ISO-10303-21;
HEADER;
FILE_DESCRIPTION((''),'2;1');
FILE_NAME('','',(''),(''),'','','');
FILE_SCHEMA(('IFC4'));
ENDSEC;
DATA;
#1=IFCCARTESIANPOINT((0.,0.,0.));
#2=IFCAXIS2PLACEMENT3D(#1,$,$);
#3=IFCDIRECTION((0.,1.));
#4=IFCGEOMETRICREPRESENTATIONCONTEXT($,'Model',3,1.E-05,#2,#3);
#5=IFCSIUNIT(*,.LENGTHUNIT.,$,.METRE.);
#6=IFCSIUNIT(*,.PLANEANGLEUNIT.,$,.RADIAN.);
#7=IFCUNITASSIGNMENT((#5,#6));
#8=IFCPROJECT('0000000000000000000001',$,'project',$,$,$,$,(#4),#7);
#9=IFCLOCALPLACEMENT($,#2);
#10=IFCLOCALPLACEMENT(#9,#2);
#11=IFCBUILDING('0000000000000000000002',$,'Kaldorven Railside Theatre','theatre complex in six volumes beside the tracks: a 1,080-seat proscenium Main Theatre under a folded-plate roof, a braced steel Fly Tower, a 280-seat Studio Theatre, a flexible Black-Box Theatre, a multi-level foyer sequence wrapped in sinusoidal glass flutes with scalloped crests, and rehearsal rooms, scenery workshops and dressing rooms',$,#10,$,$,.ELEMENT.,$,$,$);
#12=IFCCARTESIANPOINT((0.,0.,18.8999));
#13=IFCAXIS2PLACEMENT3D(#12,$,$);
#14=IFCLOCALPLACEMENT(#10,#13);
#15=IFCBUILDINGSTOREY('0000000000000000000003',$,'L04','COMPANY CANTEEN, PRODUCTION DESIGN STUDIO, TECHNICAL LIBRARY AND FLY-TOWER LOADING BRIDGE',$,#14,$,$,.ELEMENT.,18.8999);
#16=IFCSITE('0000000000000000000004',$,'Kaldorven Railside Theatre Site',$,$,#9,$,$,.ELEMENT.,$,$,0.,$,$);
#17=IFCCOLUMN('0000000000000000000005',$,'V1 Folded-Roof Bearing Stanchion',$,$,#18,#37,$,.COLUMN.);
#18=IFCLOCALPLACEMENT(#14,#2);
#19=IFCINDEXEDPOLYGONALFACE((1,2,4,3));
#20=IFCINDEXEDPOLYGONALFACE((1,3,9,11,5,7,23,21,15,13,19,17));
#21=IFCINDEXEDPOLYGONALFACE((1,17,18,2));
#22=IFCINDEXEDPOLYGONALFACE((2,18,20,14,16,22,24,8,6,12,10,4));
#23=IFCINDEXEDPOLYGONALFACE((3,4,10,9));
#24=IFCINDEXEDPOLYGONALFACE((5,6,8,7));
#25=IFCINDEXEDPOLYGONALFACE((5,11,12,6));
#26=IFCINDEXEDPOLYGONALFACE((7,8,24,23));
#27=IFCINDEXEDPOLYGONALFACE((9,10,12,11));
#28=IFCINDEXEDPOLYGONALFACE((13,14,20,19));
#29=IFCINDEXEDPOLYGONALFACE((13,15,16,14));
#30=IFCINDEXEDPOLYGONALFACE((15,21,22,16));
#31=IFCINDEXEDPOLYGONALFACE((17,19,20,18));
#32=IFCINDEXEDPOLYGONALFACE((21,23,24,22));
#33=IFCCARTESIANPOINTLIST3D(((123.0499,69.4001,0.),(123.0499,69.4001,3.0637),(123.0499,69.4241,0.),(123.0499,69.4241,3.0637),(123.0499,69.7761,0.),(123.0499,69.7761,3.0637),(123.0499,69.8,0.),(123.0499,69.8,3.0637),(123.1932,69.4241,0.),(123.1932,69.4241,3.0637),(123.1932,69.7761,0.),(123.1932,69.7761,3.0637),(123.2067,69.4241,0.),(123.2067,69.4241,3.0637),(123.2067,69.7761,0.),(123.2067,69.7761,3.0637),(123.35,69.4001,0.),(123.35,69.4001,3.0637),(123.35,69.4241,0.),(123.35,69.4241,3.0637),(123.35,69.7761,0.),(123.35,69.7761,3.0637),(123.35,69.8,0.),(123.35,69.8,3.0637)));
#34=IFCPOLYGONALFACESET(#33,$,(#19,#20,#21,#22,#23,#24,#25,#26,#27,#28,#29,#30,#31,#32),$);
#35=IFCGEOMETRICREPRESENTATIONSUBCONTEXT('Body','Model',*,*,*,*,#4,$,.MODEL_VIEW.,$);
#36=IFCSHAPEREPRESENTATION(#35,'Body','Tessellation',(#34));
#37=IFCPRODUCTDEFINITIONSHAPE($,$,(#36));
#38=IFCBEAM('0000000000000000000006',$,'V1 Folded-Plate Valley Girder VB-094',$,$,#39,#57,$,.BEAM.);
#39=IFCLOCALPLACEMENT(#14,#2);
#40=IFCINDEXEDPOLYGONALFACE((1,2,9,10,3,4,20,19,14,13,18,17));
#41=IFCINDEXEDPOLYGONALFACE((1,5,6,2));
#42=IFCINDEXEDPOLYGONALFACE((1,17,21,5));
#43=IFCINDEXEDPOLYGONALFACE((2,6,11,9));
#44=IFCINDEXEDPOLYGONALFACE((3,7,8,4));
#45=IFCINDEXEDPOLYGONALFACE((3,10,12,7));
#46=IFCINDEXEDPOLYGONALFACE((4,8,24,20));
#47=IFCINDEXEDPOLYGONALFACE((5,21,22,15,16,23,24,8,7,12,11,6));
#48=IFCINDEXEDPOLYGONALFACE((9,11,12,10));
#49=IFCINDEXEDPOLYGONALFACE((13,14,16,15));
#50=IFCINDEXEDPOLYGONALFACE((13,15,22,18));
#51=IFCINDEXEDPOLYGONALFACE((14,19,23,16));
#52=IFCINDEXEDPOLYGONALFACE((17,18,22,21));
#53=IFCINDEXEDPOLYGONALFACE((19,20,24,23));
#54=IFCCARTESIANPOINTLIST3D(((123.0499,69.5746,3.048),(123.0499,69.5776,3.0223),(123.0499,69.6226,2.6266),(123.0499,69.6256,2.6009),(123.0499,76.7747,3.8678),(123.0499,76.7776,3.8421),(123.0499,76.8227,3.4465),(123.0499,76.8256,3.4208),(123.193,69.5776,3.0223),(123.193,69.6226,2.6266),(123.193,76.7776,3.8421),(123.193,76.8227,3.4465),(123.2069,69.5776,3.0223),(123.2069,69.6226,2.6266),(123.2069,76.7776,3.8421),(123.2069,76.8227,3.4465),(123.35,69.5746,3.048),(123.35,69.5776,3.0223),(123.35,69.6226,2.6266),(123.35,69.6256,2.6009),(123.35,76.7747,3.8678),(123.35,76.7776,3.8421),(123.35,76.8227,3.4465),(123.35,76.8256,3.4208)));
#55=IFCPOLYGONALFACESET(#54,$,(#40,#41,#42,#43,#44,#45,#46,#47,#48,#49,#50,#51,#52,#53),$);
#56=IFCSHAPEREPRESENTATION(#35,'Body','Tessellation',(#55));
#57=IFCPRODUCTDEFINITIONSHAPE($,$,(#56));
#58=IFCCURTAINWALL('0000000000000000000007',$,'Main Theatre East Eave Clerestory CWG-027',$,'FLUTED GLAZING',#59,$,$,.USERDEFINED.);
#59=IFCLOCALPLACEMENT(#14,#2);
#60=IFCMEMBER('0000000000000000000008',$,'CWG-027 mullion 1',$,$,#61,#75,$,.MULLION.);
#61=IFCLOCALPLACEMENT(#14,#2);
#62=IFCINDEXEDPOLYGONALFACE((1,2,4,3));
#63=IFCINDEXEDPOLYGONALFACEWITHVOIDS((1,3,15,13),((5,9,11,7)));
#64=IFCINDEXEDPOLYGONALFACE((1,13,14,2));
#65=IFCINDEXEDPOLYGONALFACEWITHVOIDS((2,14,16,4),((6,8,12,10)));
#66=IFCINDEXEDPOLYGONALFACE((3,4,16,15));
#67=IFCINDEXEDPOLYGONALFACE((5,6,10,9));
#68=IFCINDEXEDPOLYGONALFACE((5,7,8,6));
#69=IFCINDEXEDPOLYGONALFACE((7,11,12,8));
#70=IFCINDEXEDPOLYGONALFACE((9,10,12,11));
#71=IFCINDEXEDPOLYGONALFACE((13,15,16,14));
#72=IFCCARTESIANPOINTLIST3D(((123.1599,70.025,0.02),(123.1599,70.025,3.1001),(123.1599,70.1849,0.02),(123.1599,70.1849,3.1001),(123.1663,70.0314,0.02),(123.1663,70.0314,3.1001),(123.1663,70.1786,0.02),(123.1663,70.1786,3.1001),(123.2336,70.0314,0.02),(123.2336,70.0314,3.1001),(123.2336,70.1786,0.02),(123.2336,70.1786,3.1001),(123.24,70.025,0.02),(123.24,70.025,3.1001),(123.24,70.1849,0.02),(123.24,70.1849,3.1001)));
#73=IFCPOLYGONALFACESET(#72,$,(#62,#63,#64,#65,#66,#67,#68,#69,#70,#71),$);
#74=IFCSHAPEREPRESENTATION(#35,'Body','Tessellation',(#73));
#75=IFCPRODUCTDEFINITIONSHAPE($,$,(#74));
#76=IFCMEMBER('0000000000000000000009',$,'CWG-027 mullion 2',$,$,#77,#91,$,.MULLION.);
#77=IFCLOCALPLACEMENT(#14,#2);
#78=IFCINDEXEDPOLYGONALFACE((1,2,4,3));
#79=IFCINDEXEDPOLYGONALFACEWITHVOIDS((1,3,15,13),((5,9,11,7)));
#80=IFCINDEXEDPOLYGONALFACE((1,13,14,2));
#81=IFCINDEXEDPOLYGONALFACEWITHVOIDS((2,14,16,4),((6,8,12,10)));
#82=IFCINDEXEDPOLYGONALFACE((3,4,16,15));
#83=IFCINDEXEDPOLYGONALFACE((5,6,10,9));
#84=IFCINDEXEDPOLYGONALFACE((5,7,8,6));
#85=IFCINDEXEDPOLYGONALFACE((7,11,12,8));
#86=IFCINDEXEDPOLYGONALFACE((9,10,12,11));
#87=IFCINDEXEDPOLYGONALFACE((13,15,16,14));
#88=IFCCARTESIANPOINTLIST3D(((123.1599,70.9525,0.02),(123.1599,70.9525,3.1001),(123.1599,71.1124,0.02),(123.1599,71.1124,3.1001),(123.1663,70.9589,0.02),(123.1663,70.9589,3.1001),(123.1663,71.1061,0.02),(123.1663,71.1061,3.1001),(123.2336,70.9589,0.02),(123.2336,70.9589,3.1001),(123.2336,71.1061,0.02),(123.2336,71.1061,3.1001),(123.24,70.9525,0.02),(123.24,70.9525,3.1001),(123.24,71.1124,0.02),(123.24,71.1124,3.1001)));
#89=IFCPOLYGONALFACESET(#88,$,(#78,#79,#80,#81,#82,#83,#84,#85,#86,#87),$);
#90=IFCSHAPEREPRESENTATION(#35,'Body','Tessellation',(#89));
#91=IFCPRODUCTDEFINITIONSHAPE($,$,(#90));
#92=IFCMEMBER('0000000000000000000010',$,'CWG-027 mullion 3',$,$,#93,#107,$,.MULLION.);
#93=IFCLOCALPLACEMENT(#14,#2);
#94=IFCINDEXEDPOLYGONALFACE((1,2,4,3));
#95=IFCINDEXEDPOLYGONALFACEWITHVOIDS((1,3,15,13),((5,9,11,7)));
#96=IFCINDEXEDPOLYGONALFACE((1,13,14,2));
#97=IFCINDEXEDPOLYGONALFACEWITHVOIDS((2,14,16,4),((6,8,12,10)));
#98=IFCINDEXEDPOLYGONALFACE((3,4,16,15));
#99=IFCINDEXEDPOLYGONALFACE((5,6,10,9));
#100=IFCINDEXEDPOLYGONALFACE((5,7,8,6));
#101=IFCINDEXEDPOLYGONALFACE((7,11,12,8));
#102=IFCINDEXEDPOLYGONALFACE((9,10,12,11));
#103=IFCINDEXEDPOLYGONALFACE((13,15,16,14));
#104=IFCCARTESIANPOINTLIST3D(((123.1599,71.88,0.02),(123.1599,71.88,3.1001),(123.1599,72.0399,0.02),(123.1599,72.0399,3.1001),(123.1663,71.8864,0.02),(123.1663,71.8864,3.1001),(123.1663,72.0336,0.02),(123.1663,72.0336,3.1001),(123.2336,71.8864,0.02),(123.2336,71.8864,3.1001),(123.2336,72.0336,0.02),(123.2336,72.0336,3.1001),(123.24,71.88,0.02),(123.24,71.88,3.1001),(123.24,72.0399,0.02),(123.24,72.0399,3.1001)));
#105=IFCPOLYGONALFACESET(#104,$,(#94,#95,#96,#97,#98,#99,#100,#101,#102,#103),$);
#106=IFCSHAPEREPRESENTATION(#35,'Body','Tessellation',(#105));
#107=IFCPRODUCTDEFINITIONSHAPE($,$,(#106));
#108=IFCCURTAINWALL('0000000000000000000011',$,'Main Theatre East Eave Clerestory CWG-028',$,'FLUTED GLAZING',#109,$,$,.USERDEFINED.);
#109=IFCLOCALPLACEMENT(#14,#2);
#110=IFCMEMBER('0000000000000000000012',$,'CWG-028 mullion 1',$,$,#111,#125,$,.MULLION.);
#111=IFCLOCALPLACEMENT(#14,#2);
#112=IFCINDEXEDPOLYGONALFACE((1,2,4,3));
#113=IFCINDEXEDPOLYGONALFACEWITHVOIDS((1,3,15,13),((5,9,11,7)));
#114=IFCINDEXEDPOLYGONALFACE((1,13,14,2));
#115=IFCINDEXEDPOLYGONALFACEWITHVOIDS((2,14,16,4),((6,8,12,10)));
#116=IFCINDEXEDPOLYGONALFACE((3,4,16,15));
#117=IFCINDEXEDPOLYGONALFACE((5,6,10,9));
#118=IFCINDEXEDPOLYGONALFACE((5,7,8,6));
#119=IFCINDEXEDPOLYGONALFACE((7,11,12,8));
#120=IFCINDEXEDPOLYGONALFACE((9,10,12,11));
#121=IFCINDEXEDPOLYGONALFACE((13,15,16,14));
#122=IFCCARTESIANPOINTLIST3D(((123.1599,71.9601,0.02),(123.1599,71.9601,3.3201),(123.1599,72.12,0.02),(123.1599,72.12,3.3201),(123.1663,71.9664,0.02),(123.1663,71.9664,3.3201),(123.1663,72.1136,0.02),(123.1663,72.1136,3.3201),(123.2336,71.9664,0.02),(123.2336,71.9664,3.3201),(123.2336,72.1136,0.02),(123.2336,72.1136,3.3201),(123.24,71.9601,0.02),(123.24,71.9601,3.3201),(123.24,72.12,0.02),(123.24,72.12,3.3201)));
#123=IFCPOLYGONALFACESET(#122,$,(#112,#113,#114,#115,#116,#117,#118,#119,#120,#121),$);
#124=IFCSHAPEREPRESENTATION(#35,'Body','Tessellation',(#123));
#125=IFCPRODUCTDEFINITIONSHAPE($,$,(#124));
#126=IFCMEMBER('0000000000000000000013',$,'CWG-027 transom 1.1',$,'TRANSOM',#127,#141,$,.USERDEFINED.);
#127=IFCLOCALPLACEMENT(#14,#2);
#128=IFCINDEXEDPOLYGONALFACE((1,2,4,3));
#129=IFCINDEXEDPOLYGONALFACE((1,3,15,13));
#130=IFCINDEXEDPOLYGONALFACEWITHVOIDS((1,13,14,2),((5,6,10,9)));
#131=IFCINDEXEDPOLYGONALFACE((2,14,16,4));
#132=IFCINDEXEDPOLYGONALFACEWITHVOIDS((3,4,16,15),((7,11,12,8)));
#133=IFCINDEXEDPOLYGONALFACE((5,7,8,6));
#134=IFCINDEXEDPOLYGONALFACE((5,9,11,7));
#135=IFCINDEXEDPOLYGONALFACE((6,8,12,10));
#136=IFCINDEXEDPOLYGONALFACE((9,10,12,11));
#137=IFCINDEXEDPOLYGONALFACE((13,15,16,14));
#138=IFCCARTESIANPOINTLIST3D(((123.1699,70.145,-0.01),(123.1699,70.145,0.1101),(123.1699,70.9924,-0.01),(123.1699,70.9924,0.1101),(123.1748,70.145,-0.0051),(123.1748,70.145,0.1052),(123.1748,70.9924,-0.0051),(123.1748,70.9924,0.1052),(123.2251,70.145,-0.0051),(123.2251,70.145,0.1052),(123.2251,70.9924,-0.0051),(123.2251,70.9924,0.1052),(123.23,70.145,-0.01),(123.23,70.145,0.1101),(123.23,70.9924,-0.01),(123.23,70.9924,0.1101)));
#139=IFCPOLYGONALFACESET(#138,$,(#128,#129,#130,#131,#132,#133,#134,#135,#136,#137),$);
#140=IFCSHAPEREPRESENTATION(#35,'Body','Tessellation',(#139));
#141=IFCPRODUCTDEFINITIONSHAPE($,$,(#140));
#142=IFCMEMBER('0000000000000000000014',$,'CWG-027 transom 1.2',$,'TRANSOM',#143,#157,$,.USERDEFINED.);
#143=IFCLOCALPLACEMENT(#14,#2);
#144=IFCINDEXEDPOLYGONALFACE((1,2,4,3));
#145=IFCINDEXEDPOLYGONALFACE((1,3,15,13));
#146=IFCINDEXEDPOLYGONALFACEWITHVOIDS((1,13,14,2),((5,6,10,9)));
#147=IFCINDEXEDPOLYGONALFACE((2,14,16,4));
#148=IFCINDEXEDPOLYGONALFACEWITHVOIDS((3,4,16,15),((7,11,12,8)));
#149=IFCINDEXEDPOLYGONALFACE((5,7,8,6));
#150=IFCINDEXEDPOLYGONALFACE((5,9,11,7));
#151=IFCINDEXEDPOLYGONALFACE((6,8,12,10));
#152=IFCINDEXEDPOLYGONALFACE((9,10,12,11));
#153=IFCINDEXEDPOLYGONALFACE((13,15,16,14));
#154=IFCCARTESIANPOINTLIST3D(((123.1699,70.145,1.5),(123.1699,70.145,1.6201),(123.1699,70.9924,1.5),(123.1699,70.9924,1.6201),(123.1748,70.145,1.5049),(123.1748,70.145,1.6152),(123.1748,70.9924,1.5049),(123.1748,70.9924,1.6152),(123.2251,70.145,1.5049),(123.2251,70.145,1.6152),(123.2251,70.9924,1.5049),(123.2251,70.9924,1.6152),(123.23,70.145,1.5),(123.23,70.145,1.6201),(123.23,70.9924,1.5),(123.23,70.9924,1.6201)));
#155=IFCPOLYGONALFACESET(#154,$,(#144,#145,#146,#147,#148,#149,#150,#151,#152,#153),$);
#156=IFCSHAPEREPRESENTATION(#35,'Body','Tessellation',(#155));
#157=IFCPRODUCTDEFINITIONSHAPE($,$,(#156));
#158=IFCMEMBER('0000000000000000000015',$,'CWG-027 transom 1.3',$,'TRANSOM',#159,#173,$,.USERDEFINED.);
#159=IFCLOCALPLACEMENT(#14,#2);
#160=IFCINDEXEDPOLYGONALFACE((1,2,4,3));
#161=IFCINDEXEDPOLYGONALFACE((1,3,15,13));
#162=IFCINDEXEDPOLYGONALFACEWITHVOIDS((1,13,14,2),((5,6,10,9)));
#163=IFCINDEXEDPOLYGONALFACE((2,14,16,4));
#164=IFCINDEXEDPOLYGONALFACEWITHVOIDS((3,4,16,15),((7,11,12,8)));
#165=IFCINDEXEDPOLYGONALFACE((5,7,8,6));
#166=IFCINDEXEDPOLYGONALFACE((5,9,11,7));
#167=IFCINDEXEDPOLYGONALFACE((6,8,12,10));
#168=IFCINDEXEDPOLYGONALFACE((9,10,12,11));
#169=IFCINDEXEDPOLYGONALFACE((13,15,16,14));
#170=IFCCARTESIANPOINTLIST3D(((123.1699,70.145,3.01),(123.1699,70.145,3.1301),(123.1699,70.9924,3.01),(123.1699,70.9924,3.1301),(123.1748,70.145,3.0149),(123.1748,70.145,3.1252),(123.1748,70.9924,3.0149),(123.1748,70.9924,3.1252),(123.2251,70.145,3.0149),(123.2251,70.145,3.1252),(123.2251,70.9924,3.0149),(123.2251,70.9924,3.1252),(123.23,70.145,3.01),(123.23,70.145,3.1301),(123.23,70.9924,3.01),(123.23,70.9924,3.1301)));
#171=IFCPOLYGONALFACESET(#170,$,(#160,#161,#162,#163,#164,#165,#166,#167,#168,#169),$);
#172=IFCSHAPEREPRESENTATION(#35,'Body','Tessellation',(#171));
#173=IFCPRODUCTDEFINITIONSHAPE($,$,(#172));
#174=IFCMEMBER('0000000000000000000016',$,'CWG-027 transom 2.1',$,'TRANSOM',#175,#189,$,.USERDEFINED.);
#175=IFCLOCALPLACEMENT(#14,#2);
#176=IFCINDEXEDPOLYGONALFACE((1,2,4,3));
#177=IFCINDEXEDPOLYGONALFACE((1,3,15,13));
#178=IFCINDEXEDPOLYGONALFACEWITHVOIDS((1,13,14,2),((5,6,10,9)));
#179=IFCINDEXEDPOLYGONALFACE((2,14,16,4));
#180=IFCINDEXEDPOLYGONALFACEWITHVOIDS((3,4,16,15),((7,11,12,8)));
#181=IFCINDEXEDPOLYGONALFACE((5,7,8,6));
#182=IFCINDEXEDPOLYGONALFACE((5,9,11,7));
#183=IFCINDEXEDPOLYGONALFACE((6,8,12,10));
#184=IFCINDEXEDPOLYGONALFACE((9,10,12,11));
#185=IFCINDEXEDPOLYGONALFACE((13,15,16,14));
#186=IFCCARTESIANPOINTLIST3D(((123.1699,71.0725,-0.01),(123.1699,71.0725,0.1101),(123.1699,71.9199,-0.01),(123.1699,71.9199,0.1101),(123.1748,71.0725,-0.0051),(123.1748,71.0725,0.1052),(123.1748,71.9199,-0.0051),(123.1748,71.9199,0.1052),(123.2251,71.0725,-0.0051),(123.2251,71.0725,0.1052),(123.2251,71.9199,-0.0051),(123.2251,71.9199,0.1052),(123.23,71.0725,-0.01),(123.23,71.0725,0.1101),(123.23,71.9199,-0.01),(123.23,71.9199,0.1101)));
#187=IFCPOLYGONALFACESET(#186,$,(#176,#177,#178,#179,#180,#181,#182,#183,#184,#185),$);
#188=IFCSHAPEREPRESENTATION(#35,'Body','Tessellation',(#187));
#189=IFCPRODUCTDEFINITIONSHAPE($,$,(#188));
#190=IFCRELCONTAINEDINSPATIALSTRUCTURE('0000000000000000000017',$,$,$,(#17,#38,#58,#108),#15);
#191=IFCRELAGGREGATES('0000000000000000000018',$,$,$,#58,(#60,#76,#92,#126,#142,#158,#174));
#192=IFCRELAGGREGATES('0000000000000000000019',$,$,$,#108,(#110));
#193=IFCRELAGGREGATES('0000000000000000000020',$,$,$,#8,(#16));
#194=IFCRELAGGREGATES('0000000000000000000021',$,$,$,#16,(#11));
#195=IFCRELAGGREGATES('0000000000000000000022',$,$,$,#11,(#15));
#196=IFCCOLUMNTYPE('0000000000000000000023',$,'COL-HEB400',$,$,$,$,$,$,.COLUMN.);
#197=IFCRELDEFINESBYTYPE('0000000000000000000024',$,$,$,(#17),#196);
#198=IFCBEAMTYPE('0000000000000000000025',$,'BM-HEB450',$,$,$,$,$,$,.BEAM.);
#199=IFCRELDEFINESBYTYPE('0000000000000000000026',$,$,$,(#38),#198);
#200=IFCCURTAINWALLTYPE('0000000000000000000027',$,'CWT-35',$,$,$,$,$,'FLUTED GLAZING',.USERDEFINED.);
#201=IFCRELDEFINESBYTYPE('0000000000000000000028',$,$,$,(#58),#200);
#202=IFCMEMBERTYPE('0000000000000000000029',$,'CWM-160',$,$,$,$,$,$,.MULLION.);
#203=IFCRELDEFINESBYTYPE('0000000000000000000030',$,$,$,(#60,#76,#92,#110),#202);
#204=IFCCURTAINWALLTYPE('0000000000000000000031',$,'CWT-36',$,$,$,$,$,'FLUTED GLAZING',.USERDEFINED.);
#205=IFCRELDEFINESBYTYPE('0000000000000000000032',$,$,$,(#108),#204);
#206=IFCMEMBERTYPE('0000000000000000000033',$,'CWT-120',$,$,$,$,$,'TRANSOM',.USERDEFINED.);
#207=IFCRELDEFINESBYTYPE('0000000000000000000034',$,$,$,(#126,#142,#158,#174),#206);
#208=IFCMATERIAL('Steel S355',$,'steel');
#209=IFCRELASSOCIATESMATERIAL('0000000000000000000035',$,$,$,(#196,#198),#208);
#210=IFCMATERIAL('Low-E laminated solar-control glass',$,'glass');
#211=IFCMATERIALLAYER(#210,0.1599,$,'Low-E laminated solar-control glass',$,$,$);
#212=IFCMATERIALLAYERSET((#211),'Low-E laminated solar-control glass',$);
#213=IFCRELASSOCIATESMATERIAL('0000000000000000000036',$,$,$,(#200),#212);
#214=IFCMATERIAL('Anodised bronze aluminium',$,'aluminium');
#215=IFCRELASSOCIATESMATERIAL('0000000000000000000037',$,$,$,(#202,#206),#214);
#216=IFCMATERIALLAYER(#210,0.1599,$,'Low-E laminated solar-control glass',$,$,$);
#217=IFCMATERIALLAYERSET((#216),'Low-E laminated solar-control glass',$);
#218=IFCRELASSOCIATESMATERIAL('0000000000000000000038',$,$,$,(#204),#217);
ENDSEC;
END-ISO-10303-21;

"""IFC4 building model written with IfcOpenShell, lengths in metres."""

from ifc_helpers import new_model, si_unit, direction, frame, origin, origin_2d, place, context, subcontext, project, spatial, hollow_rectangle, i_section, extrude, material, layer, layer_set, material_profile, profile_set, type_object, element, aggregate, save


model = new_model("IFC4")

# Units and contexts
model_context = context("Model", 3, precision=1e-05, world=origin(), true_north=direction((0.0, 1.0)))
body_context = subcontext(model_context, "Body", "Model", "MODEL_VIEW")
ifc_project = project(units=[si_unit("LENGTHUNIT", "METRE"), si_unit("PLANEANGLEUNIT", "RADIAN")], contexts=[model_context])

# Site, building, storey
site_placement = place(None, origin())
site = spatial("IfcSite", under=ifc_project, at=site_placement, Name="Kaldorven Railside Theatre Site", CompositionType="ELEMENT", RefElevation=0.0)
building_placement = place(site_placement, origin())
building = spatial("IfcBuilding", under=site, at=building_placement, Name="Kaldorven Railside Theatre", Description="theatre complex in six volumes beside the tracks: a 1,080-seat proscenium Main Theatre under a folded-plate roof, a braced steel Fly Tower, a 280-seat Studio Theatre, a flexible Black-Box Theatre, a multi-level foyer sequence wrapped in sinusoidal glass flutes with scalloped crests, and rehearsal rooms, scenery workshops and dressing rooms", CompositionType="ELEMENT")
storey_placement = place(building_placement, frame((0.0, 0.0, 18.8999)))
storey = spatial("IfcBuildingStorey", under=building, at=storey_placement, Name="L04", Description="COMPANY CANTEEN, PRODUCTION DESIGN STUDIO, TECHNICAL LIBRARY AND FLY-TOWER LOADING BRIDGE", CompositionType="ELEMENT", Elevation=18.8999)

# Column
ifc_material_1 = material(Name="Steel S355", Category="steel")
ifc_material_profile_1 = material_profile(ifc_material_1, i_section(OverallWidth=0.3, OverallDepth=0.3999, WebThickness=0.0134, FlangeThickness=0.0239, at=origin_2d()), Name="HEB 400")
ifc_profile_set_1 = profile_set([ifc_material_profile_1], Name="Steel S355")
column_type = type_object("IfcColumnType", Name="COL-HEB400", PredefinedType="COLUMN", material=ifc_profile_set_1)
column_placement = place(storey_placement, frame((123.2, 69.6001, 0.0), z_axis=(0.0, 0.0, 1.0), x_axis=(1.0, 0.0, 0.0)))
element("IfcColumn", 1, at=column_placement, inside=storey, type_object=column_type, Name="V1 Folded-Roof Bearing Stanchion", PredefinedType="COLUMN", context=body_context, shape_type="SweptSolid", body=[
    extrude(i_section(OverallWidth=0.3, OverallDepth=0.3999, WebThickness=0.0134, FlangeThickness=0.0239, at=origin_2d()), origin(), (0.0, 0.0, 1.0), 3.0637),
])

# Beam
ifc_material_profile_2 = material_profile(ifc_material_1, i_section(OverallWidth=0.3, OverallDepth=0.45, WebThickness=0.0139, FlangeThickness=0.0259, at=origin_2d()), Name="HEB 450")
ifc_profile_set_2 = profile_set([ifc_material_profile_2], Name="Steel S355")
beam_type = type_object("IfcBeamType", Name="BM-HEB450", PredefinedType="BEAM", material=ifc_profile_set_2)
beam_placement = place(storey_placement, frame((123.2, 69.6001, 2.8245), z_axis=(0.0, 0.99358, 0.113134), x_axis=(-1.0, 0.0, 0.0)))
element("IfcBeam", 2, at=beam_placement, inside=storey, type_object=beam_type, Name="V1 Folded-Plate Valley Girder VB-094", PredefinedType="BEAM", context=body_context, shape_type="SweptSolid", body=[
    extrude(i_section(OverallWidth=0.3, OverallDepth=0.45, WebThickness=0.0139, FlangeThickness=0.0259, at=origin_2d()), origin(), (0.0, 0.0, 1.0), 7.2466),
])

# Curtain wall, members
ifc_material_2 = material(Name="Low-E laminated solar-control glass", Category="glass")
ifc_layer_1 = layer(ifc_material_2, 0.1599, Name="Low-E laminated solar-control glass")
ifc_layer_set_1 = layer_set([ifc_layer_1], Name="Low-E laminated solar-control glass")
curtain_wall_type_1 = type_object("IfcCurtainWallType", Name="CWT-35", ElementType="FLUTED GLAZING", PredefinedType="USERDEFINED", material=ifc_layer_set_1)
curtain_wall_1_placement = place(storey_placement, origin())
curtain_wall_1 = element("IfcCurtainWall", 3, at=curtain_wall_1_placement, inside=storey, type_object=curtain_wall_type_1, Name="Main Theatre East Eave Clerestory CWG-027", ObjectType="FLUTED GLAZING", PredefinedType="USERDEFINED")
ifc_material_3 = material(Name="Anodised bronze aluminium", Category="aluminium")
ifc_material_profile_3 = material_profile(ifc_material_3, hollow_rectangle(XDim=0.0801, YDim=0.1599, WallThickness=0.0063, at=origin_2d()), Name="RHS 160x80x6.3")
ifc_profile_set_3 = profile_set([ifc_material_profile_3], Name="Anodised bronze aluminium")
member_type_1 = type_object("IfcMemberType", Name="CWM-160", PredefinedType="MULLION", material=ifc_profile_set_3)
member_1_placement = place(storey_placement, frame((123.2, 70.105, 0.02), z_axis=(0.0, 0.0, 1.0), x_axis=(-1.0, 0.0, 0.0)))
member_1 = element("IfcMember", 4, at=member_1_placement, type_object=member_type_1, Name="CWG-027 mullion 1", PredefinedType="MULLION", context=body_context, shape_type="SweptSolid", body=[
    extrude(hollow_rectangle(XDim=0.0801, YDim=0.1599, WallThickness=0.0063, at=origin_2d()), origin(), (0.0, 0.0, 1.0), 3.0801),
])
member_2_placement = place(storey_placement, frame((123.2, 71.0325, 0.02), z_axis=(0.0, 0.0, 1.0), x_axis=(-1.0, 0.0, 0.0)))
member_2 = element("IfcMember", 5, at=member_2_placement, type_object=member_type_1, Name="CWG-027 mullion 2", PredefinedType="MULLION", context=body_context, shape_type="SweptSolid", body=[
    extrude(hollow_rectangle(XDim=0.0801, YDim=0.1599, WallThickness=0.0063, at=origin_2d()), origin(), (0.0, 0.0, 1.0), 3.0801),
])
member_3_placement = place(storey_placement, frame((123.2, 71.96, 0.02), z_axis=(0.0, 0.0, 1.0), x_axis=(-1.0, 0.0, 0.0)))
member_3 = element("IfcMember", 6, at=member_3_placement, type_object=member_type_1, Name="CWG-027 mullion 3", PredefinedType="MULLION", context=body_context, shape_type="SweptSolid", body=[
    extrude(hollow_rectangle(XDim=0.0801, YDim=0.1599, WallThickness=0.0063, at=origin_2d()), origin(), (0.0, 0.0, 1.0), 3.0801),
])

# Curtain wall, member
ifc_layer_2 = layer(ifc_material_2, 0.1599, Name="Low-E laminated solar-control glass")
ifc_layer_set_2 = layer_set([ifc_layer_2], Name="Low-E laminated solar-control glass")
curtain_wall_type_2 = type_object("IfcCurtainWallType", Name="CWT-36", ElementType="FLUTED GLAZING", PredefinedType="USERDEFINED", material=ifc_layer_set_2)
curtain_wall_2_placement = place(storey_placement, origin())
curtain_wall_2 = element("IfcCurtainWall", 7, at=curtain_wall_2_placement, inside=storey, type_object=curtain_wall_type_2, Name="Main Theatre East Eave Clerestory CWG-028", ObjectType="FLUTED GLAZING", PredefinedType="USERDEFINED")
member_4_placement = place(storey_placement, frame((123.2, 72.04, 0.02), z_axis=(0.0, 0.0, 1.0), x_axis=(-1.0, 0.0, 0.0)))
member_4 = element("IfcMember", 8, at=member_4_placement, type_object=member_type_1, Name="CWG-028 mullion 1", PredefinedType="MULLION", context=body_context, shape_type="SweptSolid", body=[
    extrude(hollow_rectangle(XDim=0.0801, YDim=0.1599, WallThickness=0.0063, at=origin_2d()), origin(), (0.0, 0.0, 1.0), 3.3),
])

# Members
ifc_material_profile_4 = material_profile(ifc_material_3, hollow_rectangle(XDim=0.0601, YDim=0.1201, WallThickness=0.0049, at=origin_2d()), Name="RHS 120x60x5")
ifc_profile_set_4 = profile_set([ifc_material_profile_4], Name="Anodised bronze aluminium")
member_type_2 = type_object("IfcMemberType", Name="CWT-120", ElementType="TRANSOM", PredefinedType="USERDEFINED", material=ifc_profile_set_4)
member_5_placement = place(storey_placement, frame((123.2, 70.145, 0.05), z_axis=(0.0, 1.0, 0.0), x_axis=(-1.0, 0.0, 0.0)))
member_5 = element("IfcMember", 9, at=member_5_placement, type_object=member_type_2, Name="CWG-027 transom 1.1", ObjectType="TRANSOM", PredefinedType="USERDEFINED", context=body_context, shape_type="SweptSolid", body=[
    extrude(hollow_rectangle(XDim=0.0601, YDim=0.1201, WallThickness=0.0049, at=origin_2d()), origin(), (0.0, 0.0, 1.0), 0.8474),
])
member_6_placement = place(storey_placement, frame((123.2, 70.145, 1.5601), z_axis=(0.0, 1.0, 0.0), x_axis=(-1.0, 0.0, 0.0)))
member_6 = element("IfcMember", 10, at=member_6_placement, type_object=member_type_2, Name="CWG-027 transom 1.2", ObjectType="TRANSOM", PredefinedType="USERDEFINED", context=body_context, shape_type="SweptSolid", body=[
    extrude(hollow_rectangle(XDim=0.0601, YDim=0.1201, WallThickness=0.0049, at=origin_2d()), origin(), (0.0, 0.0, 1.0), 0.8474),
])
member_7_placement = place(storey_placement, frame((123.2, 70.145, 3.0701), z_axis=(0.0, 1.0, 0.0), x_axis=(-1.0, 0.0, 0.0)))
member_7 = element("IfcMember", 11, at=member_7_placement, type_object=member_type_2, Name="CWG-027 transom 1.3", ObjectType="TRANSOM", PredefinedType="USERDEFINED", context=body_context, shape_type="SweptSolid", body=[
    extrude(hollow_rectangle(XDim=0.0601, YDim=0.1201, WallThickness=0.0049, at=origin_2d()), origin(), (0.0, 0.0, 1.0), 0.8474),
])
member_8_placement = place(storey_placement, frame((123.2, 71.0725, 0.05), z_axis=(0.0, 1.0, 0.0), x_axis=(-1.0, 0.0, 0.0)))
member_8 = element("IfcMember", 12, at=member_8_placement, type_object=member_type_2, Name="CWG-027 transom 2.1", ObjectType="TRANSOM", PredefinedType="USERDEFINED", context=body_context, shape_type="SweptSolid", body=[
    extrude(hollow_rectangle(XDim=0.0601, YDim=0.1201, WallThickness=0.0049, at=origin_2d()), origin(), (0.0, 0.0, 1.0), 0.8474),
])

aggregate(curtain_wall_1, [member_1, member_2, member_3, member_5, member_6, member_7, member_8])
aggregate(curtain_wall_2, [member_4])

save(model, "model.ifc")
